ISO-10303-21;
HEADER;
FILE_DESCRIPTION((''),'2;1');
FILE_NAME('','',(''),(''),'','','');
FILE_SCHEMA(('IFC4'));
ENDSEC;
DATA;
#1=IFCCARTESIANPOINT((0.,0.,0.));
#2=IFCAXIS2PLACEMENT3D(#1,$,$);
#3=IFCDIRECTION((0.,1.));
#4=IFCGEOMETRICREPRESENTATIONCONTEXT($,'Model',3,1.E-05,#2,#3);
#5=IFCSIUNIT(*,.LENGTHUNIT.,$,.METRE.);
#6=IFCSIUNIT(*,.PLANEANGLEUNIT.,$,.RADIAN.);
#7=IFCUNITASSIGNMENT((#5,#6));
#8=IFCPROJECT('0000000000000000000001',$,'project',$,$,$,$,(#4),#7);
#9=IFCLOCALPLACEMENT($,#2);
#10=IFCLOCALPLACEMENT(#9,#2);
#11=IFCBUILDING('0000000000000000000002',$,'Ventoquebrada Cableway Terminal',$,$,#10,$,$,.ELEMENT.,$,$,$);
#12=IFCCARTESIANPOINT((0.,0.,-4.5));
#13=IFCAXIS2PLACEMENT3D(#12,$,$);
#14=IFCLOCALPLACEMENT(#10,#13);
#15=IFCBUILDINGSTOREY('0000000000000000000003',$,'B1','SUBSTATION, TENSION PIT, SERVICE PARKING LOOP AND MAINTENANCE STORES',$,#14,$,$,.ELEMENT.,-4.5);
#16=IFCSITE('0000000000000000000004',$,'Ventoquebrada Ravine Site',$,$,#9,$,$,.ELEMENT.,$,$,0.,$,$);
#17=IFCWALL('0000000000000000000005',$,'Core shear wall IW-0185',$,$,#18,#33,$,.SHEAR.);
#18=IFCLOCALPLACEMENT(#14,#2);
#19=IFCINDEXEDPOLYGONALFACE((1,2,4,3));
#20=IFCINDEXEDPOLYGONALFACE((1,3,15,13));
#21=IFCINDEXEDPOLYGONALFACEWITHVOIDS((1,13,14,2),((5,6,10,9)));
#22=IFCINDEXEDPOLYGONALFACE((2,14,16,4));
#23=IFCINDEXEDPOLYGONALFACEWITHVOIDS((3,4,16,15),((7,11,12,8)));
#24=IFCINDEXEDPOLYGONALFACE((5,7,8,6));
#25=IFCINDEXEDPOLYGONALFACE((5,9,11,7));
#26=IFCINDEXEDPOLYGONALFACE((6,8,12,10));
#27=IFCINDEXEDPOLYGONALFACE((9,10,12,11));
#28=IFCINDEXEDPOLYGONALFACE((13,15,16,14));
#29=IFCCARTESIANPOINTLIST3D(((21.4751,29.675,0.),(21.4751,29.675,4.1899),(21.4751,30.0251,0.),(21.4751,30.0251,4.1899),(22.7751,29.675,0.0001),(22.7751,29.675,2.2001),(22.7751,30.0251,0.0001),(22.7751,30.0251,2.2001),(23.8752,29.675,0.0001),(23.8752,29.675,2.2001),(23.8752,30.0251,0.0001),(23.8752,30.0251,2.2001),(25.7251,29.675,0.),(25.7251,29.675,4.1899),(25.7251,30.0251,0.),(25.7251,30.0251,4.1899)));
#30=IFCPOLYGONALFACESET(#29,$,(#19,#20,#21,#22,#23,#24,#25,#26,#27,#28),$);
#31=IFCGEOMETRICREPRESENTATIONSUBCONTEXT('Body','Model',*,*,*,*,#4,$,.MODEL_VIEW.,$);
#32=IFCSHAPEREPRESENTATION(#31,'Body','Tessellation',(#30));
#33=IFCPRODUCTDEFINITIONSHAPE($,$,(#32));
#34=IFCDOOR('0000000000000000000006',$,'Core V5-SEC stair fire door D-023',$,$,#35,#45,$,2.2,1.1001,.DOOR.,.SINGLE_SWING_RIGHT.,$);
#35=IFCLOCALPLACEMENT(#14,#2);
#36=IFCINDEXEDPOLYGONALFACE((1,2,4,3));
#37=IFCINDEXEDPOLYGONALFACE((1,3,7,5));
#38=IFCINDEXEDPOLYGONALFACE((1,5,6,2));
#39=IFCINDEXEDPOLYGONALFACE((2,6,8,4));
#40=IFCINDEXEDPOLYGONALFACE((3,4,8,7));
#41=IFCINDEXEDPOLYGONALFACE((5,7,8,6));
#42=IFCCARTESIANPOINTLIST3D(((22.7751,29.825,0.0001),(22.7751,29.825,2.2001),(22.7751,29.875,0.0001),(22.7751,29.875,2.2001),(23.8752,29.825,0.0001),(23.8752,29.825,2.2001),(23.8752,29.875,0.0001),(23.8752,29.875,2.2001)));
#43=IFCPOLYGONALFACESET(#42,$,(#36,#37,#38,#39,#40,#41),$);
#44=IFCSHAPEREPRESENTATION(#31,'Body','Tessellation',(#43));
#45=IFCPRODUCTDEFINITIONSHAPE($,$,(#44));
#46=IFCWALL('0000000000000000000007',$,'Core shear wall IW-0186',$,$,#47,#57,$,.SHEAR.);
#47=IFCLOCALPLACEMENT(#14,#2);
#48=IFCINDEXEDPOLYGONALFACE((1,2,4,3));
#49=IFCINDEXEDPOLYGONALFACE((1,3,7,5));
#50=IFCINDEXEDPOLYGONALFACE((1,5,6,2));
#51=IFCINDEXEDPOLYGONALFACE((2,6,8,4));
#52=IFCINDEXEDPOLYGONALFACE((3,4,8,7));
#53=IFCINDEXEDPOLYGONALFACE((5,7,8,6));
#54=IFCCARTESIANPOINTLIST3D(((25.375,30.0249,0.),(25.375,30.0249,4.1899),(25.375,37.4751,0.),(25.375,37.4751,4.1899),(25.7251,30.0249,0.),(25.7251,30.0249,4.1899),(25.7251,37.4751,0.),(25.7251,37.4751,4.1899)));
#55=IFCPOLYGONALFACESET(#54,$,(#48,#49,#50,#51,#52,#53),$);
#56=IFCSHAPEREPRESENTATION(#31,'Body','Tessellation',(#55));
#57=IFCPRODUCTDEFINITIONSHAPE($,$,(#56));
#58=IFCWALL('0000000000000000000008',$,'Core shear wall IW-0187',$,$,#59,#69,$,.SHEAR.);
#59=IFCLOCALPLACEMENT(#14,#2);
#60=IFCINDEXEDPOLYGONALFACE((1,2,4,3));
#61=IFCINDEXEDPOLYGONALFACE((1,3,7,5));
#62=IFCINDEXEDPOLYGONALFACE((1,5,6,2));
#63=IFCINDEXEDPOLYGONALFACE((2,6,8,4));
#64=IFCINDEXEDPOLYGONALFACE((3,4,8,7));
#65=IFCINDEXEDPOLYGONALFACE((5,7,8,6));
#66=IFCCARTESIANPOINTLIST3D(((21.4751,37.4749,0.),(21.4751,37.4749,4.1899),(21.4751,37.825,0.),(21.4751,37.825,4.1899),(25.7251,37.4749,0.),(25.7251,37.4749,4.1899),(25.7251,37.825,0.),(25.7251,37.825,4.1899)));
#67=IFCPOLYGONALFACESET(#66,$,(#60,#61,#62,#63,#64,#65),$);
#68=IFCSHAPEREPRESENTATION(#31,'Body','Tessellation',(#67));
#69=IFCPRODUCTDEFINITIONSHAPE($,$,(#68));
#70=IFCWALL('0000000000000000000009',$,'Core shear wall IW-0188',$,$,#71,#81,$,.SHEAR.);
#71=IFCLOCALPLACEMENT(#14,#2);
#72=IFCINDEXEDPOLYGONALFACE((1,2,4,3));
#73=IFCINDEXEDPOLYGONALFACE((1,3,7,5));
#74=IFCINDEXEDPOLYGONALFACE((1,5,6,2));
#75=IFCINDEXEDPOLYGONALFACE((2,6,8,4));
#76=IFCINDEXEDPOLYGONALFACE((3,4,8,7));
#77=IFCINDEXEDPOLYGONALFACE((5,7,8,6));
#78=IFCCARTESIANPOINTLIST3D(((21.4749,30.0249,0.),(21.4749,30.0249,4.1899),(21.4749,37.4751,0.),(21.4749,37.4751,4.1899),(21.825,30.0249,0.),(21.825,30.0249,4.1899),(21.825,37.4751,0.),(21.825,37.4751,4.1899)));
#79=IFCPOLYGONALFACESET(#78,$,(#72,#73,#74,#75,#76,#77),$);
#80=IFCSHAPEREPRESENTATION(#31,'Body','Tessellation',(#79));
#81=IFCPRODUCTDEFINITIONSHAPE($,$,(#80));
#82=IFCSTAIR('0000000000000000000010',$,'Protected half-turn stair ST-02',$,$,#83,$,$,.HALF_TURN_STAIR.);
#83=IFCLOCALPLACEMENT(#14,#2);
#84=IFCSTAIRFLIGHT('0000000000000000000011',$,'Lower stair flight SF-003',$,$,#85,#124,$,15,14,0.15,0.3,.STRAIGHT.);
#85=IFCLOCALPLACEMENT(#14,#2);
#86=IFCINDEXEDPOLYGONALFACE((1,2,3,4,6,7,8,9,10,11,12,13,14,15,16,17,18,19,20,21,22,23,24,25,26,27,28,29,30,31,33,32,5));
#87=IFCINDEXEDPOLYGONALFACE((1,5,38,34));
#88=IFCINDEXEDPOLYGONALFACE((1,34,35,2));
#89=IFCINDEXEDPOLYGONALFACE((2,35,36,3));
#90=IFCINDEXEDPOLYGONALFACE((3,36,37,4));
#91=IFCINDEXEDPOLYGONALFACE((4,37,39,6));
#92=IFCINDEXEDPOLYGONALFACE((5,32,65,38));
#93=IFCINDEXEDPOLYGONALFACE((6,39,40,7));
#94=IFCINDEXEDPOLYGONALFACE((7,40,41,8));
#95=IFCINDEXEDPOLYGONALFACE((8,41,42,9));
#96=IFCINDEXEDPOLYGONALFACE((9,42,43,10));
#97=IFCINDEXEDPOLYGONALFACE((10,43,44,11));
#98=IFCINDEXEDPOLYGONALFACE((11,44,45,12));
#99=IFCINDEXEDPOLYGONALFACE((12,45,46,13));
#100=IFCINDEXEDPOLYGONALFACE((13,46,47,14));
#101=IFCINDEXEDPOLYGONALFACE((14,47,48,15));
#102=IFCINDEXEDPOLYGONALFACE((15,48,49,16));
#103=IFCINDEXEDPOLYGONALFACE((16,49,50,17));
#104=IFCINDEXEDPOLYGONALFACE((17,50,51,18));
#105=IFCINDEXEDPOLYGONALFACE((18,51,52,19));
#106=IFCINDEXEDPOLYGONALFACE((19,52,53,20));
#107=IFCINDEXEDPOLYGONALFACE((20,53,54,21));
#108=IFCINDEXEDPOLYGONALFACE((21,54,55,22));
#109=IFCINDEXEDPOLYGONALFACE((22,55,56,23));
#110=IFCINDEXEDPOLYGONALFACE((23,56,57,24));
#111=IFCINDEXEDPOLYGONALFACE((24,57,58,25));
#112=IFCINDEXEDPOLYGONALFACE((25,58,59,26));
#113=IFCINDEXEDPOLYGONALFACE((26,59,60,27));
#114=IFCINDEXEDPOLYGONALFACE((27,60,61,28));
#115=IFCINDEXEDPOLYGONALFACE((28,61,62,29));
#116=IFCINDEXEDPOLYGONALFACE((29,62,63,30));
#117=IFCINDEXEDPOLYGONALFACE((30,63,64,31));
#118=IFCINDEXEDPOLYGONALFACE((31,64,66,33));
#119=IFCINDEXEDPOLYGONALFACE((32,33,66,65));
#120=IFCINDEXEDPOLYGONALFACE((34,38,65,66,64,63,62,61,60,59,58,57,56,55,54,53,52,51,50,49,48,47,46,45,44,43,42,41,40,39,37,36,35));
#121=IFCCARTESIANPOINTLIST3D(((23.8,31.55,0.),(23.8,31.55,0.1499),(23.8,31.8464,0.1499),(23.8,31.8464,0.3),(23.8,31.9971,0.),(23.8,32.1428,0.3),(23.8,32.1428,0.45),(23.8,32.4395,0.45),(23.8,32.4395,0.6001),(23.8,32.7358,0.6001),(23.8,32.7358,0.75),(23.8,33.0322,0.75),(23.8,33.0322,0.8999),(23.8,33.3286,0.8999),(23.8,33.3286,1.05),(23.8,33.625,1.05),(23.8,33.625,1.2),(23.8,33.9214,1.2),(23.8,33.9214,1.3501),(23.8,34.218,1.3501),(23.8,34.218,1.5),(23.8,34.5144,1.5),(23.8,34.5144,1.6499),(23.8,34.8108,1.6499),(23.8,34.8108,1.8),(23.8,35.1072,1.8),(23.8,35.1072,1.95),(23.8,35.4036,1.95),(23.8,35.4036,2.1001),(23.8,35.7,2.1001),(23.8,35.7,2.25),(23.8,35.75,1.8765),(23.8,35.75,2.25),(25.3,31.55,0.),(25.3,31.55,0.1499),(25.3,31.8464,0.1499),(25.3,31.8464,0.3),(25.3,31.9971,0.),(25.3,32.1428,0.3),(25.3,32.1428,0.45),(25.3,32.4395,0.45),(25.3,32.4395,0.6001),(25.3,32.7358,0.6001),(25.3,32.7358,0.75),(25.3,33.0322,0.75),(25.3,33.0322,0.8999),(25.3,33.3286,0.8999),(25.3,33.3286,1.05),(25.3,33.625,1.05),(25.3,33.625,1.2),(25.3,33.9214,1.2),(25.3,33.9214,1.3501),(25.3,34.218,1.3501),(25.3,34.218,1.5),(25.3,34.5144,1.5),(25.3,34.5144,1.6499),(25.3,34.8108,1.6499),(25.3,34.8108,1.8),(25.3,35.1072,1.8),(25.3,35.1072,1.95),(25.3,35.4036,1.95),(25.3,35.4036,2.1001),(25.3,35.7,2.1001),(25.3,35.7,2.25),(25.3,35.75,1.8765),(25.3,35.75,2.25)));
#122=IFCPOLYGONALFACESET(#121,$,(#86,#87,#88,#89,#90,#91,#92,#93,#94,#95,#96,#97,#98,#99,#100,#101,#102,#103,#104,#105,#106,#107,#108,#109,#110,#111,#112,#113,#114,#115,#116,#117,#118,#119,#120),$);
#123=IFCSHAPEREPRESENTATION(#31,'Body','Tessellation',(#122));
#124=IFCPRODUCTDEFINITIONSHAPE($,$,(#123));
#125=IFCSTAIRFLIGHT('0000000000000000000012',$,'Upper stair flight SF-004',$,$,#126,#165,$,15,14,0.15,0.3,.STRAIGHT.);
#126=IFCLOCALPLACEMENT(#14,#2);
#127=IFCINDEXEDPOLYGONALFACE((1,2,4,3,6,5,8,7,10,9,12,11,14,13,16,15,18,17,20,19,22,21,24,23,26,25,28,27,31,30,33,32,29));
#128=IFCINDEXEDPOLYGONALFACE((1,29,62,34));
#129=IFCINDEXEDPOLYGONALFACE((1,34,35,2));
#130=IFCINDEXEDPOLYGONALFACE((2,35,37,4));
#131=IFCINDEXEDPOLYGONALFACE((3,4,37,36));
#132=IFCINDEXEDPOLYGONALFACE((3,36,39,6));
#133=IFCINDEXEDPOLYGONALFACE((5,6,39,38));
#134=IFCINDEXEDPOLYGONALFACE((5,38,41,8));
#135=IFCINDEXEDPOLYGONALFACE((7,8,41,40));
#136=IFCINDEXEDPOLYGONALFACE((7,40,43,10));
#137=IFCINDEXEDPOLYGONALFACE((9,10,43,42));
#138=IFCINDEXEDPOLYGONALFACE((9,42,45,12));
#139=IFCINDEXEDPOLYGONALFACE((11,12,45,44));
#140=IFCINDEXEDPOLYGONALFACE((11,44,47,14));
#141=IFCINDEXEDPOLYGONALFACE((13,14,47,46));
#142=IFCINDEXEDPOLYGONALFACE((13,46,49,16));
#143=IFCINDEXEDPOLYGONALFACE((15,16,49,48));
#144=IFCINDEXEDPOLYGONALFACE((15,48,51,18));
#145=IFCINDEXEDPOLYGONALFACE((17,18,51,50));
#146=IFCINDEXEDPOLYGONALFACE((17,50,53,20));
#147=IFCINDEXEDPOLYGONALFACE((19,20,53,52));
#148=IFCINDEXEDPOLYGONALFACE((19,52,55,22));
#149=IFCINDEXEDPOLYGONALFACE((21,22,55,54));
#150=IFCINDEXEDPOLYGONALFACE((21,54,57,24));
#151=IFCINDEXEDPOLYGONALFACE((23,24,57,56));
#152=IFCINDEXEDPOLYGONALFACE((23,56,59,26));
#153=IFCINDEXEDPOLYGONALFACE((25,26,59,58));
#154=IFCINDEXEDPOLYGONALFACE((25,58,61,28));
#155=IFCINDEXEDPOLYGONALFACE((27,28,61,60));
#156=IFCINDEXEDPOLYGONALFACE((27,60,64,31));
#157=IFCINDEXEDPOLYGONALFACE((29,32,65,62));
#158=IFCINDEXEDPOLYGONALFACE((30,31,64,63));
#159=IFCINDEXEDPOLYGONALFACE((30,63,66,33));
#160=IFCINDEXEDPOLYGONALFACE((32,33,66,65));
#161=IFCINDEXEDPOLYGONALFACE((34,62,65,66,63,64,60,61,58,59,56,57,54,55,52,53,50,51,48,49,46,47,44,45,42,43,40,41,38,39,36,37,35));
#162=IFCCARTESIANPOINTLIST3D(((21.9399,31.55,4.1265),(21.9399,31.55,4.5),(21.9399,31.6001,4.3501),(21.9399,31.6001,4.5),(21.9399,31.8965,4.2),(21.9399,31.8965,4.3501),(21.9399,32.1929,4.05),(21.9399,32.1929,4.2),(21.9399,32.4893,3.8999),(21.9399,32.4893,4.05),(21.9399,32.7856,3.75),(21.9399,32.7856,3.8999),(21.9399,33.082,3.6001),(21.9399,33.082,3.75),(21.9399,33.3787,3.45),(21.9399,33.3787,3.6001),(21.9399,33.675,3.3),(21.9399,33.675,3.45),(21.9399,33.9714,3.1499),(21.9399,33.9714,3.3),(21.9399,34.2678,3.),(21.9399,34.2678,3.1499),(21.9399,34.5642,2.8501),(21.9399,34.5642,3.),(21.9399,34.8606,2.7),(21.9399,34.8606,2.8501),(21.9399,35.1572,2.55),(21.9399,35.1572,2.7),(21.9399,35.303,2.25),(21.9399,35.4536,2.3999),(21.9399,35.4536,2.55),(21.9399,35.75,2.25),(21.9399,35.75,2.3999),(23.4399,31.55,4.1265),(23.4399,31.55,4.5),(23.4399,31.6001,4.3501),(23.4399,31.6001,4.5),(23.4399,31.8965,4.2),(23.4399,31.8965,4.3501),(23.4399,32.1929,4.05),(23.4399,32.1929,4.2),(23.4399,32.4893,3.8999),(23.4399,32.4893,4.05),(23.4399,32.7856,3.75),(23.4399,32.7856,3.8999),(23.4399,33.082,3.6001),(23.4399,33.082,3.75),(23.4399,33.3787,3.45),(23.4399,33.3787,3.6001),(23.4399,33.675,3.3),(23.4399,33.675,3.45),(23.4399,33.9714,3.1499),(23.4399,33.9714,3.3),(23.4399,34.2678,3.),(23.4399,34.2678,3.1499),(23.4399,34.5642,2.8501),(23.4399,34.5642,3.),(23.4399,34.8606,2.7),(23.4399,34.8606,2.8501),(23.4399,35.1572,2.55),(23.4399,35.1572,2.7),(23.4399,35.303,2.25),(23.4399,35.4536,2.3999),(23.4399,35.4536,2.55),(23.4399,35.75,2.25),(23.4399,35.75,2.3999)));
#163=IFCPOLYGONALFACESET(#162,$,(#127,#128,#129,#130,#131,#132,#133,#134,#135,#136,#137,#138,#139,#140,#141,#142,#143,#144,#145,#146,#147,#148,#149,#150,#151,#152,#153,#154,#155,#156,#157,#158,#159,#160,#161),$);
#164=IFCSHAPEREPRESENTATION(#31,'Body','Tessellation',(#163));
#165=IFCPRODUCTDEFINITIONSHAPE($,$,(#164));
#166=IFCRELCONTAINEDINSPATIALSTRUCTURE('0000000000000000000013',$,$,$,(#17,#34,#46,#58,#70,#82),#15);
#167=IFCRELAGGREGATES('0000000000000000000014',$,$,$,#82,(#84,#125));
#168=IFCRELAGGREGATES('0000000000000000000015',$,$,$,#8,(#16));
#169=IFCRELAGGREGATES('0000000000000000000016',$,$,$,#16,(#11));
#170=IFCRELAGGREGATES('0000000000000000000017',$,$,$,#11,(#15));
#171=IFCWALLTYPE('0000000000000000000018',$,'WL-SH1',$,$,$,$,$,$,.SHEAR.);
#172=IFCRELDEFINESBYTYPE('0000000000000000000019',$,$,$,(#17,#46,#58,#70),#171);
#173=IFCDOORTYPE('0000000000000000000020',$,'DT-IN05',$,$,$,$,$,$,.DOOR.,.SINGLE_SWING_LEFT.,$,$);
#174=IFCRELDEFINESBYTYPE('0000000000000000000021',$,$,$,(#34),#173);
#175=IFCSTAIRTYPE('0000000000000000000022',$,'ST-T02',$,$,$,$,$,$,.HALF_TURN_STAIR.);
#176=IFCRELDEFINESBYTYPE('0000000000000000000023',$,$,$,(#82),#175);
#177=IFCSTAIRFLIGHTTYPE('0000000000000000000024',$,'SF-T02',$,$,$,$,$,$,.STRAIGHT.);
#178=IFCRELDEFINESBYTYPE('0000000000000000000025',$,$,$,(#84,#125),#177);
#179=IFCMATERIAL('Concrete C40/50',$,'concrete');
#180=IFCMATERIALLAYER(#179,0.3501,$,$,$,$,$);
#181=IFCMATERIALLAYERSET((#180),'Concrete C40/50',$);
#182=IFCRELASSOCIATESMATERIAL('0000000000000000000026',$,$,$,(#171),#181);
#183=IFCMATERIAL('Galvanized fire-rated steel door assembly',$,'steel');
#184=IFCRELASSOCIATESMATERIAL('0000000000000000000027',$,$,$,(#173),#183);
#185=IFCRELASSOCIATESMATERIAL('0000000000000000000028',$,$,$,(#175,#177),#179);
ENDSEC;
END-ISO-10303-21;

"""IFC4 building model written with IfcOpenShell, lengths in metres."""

from ifc_helpers import new_model, si_unit, direction, frame, frame_2d, origin, place, context, subcontext, project, spatial, polyline, rectangle, outline, extrude, material, layer, layer_set, type_object, element, fill, aggregate, save


model = new_model("IFC4")

# Units and contexts
model_context = context("Model", 3, precision=1e-05, world=origin(), true_north=direction((0.0, 1.0)))
body_context = subcontext(model_context, "Body", "Model", "MODEL_VIEW")
ifc_project = project(units=[si_unit("LENGTHUNIT", "METRE"), si_unit("PLANEANGLEUNIT", "RADIAN")], contexts=[model_context])

# Site, building, storey
site_placement = place(None, origin())
site = spatial("IfcSite", under=ifc_project, at=site_placement, Name="Ventoquebrada Ravine Site", CompositionType="ELEMENT", RefElevation=0.0)
building_placement = place(site_placement, origin())
building = spatial("IfcBuilding", under=site, at=building_placement, Name="Ventoquebrada Cableway Terminal", CompositionType="ELEMENT")
storey_placement = place(building_placement, frame((0.0, 0.0, -4.5)))
storey = spatial("IfcBuildingStorey", under=building, at=storey_placement, Name="B1", Description="SUBSTATION, TENSION PIT, SERVICE PARKING LOOP AND MAINTENANCE STORES", CompositionType="ELEMENT", Elevation=-4.5)

# Shared definitions
ifc_material_1 = material(Name="Concrete C40/50", Category="concrete")

# Wall, opening, door
ifc_layer_1 = layer(ifc_material_1, 0.3501)
ifc_layer_set_1 = layer_set([ifc_layer_1], Name="Concrete C40/50")
wall_type_1 = type_object("IfcWallType", Name="WL-SH1", PredefinedType="SHEAR", material=ifc_layer_set_1)
wall_1_placement = place(storey_placement, frame((21.4751, 29.8501, 0.0), z_axis=(0.0, 0.0, 1.0), x_axis=(1.0, 0.0, 0.0)))
wall_1 = element("IfcWall", 1, at=wall_1_placement, inside=storey, type_object=wall_type_1, Name="Core shear wall IW-0185", PredefinedType="SHEAR", context=body_context, shape_type="SweptSolid", body=[
    extrude(rectangle(XDim=4.25, YDim=0.3501, at=frame_2d((2.125, 0.0))), origin(), (0.0, 0.0, 1.0), 4.1899),
])
opening_placement = place(wall_1_placement, frame((1.3, 0.0, 0.0)))
opening = element("IfcOpeningElement", 2, at=opening_placement, cuts=wall_1, PredefinedType="OPENING", context=body_context, shape_type="SweptSolid", body=[
    extrude(rectangle(XDim=1.1001, YDim=2.2, at=frame_2d((0.55, 1.1001))), frame((0.0, 0.1851, 0.0), z_axis=(0.0, -1.0, 0.0), x_axis=(1.0, 0.0, 0.0)), (0.0, 0.0, 1.0), 0.3701),
])
ifc_material_2 = material(Name="Galvanized fire-rated steel door assembly", Category="steel")
door_type = type_object("IfcDoorType", Name="DT-IN05", OperationType="SINGLE_SWING_LEFT", PredefinedType="DOOR", material=ifc_material_2)
door_placement = place(opening_placement, origin())
door = element("IfcDoor", 3, at=door_placement, inside=storey, type_object=door_type, Name="Core V5-SEC stair fire door D-023", OperationType="SINGLE_SWING_RIGHT", OverallHeight=2.2, OverallWidth=1.1001, PredefinedType="DOOR", context=body_context, shape_type="SweptSolid", body=[
    extrude(rectangle(XDim=1.1001, YDim=2.2, at=frame_2d((0.55, 1.1001))), frame((0.0, 0.0249, 0.0), z_axis=(0.0, -1.0, 0.0), x_axis=(1.0, 0.0, 0.0)), (0.0, 0.0, 1.0), 0.05),
])
fill(opening, door)

# Walls
wall_2_placement = place(storey_placement, frame((25.55, 30.0249, 0.0), z_axis=(0.0, 0.0, 1.0), x_axis=(0.0, 1.0, 0.0)))
element("IfcWall", 4, at=wall_2_placement, inside=storey, type_object=wall_type_1, Name="Core shear wall IW-0186", PredefinedType="SHEAR", context=body_context, shape_type="SweptSolid", body=[
    extrude(rectangle(XDim=7.4502, YDim=0.3501, at=frame_2d((3.7251, 0.0))), origin(), (0.0, 0.0, 1.0), 4.1899),
])
wall_3_placement = place(storey_placement, frame((25.7251, 37.6499, 0.0), z_axis=(0.0, 0.0, 1.0), x_axis=(-1.0, 0.0, 0.0)))
element("IfcWall", 5, at=wall_3_placement, inside=storey, type_object=wall_type_1, Name="Core shear wall IW-0187", PredefinedType="SHEAR", context=body_context, shape_type="SweptSolid", body=[
    extrude(rectangle(XDim=4.25, YDim=0.3501, at=frame_2d((2.125, 0.0))), origin(), (0.0, 0.0, 1.0), 4.1899),
])
wall_4_placement = place(storey_placement, frame((21.6499, 37.4751, 0.0), z_axis=(0.0, 0.0, 1.0), x_axis=(0.0, -1.0, 0.0)))
element("IfcWall", 6, at=wall_4_placement, inside=storey, type_object=wall_type_1, Name="Core shear wall IW-0188", PredefinedType="SHEAR", context=body_context, shape_type="SweptSolid", body=[
    extrude(rectangle(XDim=7.4502, YDim=0.3501, at=frame_2d((3.7251, 0.0))), origin(), (0.0, 0.0, 1.0), 4.1899),
])

# Stair, stair flights
stair_type = type_object("IfcStairType", Name="ST-T02", PredefinedType="HALF_TURN_STAIR", material=ifc_material_1)
stair_placement = place(storey_placement, origin())
stair = element("IfcStair", 7, at=stair_placement, inside=storey, type_object=stair_type, Name="Protected half-turn stair ST-02", PredefinedType="HALF_TURN_STAIR")
stair_flight_type = type_object("IfcStairFlightType", Name="SF-T02", PredefinedType="STRAIGHT", material=ifc_material_1)
stair_flight_1_placement = place(storey_placement, frame((24.55, 31.55, 0.0), z_axis=(0.0, 0.0, 1.0), x_axis=(0.0, 1.0, 0.0)))
stair_flight_1 = element("IfcStairFlight", 8, at=stair_flight_1_placement, type_object=stair_flight_type, Name="Lower stair flight SF-003", NumberOfRisers=15, NumberOfTreads=14, PredefinedType="STRAIGHT", RiserHeight=0.15, TreadLength=0.3, context=body_context, shape_type="SweptSolid", body=[
    extrude(outline(polyline([(0.0, 0.0), (0.0, 0.1499), (0.2964, 0.1499), (0.2964, 0.3), (0.5928, 0.3), (0.5928, 0.45), (0.8894, 0.45), (0.8894, 0.6001), (1.1858, 0.6001), (1.1858, 0.75), (1.4822, 0.75), (1.4822, 0.8999), (1.7786, 0.8999), (1.7786, 1.05), (2.075, 1.05), (2.075, 1.2), (2.3713, 1.2), (2.3713, 1.3501), (2.668, 1.3501), (2.668, 1.5), (2.9644, 1.5), (2.9644, 1.6499), (3.2607, 1.6499), (3.2607, 1.8), (3.5571, 1.8), (3.5571, 1.95), (3.8535, 1.95), (3.8535, 2.1001), (4.1499, 2.1001), (4.1499, 2.25), (4.2, 2.25), (4.2, 1.8765), (0.447, 0.0), (0.0, 0.0)])), frame((0.0, 0.75, 0.0), z_axis=(0.0, -1.0, 0.0), x_axis=(1.0, 0.0, 0.0)), (0.0, 0.0, 1.0), 1.5),
])
stair_flight_2_placement = place(storey_placement, frame((22.6899, 35.75, 2.25), z_axis=(0.0, 0.0, 1.0), x_axis=(0.0, -1.0, 0.0)))
stair_flight_2 = element("IfcStairFlight", 9, at=stair_flight_2_placement, type_object=stair_flight_type, Name="Upper stair flight SF-004", NumberOfRisers=15, NumberOfTreads=14, PredefinedType="STRAIGHT", RiserHeight=0.15, TreadLength=0.3, context=body_context, shape_type="SweptSolid", body=[
    extrude(outline(polyline([(0.0, 0.0), (0.0, 0.1499), (0.2964, 0.1499), (0.2964, 0.3), (0.5928, 0.3), (0.5928, 0.45), (0.8894, 0.45), (0.8894, 0.6001), (1.1858, 0.6001), (1.1858, 0.75), (1.4822, 0.75), (1.4822, 0.8999), (1.7786, 0.8999), (1.7786, 1.05), (2.075, 1.05), (2.075, 1.2), (2.3713, 1.2), (2.3713, 1.3501), (2.668, 1.3501), (2.668, 1.5), (2.9644, 1.5), (2.9644, 1.6499), (3.2607, 1.6499), (3.2607, 1.8), (3.5571, 1.8), (3.5571, 1.95), (3.8535, 1.95), (3.8535, 2.1001), (4.1499, 2.1001), (4.1499, 2.25), (4.2, 2.25), (4.2, 1.8765), (0.447, 0.0), (0.0, 0.0)])), frame((0.0, 0.75, 0.0), z_axis=(0.0, -1.0, 0.0), x_axis=(1.0, 0.0, 0.0)), (0.0, 0.0, 1.0), 1.5),
])
aggregate(stair, [stair_flight_1, stair_flight_2])

save(model, "model.ifc")
